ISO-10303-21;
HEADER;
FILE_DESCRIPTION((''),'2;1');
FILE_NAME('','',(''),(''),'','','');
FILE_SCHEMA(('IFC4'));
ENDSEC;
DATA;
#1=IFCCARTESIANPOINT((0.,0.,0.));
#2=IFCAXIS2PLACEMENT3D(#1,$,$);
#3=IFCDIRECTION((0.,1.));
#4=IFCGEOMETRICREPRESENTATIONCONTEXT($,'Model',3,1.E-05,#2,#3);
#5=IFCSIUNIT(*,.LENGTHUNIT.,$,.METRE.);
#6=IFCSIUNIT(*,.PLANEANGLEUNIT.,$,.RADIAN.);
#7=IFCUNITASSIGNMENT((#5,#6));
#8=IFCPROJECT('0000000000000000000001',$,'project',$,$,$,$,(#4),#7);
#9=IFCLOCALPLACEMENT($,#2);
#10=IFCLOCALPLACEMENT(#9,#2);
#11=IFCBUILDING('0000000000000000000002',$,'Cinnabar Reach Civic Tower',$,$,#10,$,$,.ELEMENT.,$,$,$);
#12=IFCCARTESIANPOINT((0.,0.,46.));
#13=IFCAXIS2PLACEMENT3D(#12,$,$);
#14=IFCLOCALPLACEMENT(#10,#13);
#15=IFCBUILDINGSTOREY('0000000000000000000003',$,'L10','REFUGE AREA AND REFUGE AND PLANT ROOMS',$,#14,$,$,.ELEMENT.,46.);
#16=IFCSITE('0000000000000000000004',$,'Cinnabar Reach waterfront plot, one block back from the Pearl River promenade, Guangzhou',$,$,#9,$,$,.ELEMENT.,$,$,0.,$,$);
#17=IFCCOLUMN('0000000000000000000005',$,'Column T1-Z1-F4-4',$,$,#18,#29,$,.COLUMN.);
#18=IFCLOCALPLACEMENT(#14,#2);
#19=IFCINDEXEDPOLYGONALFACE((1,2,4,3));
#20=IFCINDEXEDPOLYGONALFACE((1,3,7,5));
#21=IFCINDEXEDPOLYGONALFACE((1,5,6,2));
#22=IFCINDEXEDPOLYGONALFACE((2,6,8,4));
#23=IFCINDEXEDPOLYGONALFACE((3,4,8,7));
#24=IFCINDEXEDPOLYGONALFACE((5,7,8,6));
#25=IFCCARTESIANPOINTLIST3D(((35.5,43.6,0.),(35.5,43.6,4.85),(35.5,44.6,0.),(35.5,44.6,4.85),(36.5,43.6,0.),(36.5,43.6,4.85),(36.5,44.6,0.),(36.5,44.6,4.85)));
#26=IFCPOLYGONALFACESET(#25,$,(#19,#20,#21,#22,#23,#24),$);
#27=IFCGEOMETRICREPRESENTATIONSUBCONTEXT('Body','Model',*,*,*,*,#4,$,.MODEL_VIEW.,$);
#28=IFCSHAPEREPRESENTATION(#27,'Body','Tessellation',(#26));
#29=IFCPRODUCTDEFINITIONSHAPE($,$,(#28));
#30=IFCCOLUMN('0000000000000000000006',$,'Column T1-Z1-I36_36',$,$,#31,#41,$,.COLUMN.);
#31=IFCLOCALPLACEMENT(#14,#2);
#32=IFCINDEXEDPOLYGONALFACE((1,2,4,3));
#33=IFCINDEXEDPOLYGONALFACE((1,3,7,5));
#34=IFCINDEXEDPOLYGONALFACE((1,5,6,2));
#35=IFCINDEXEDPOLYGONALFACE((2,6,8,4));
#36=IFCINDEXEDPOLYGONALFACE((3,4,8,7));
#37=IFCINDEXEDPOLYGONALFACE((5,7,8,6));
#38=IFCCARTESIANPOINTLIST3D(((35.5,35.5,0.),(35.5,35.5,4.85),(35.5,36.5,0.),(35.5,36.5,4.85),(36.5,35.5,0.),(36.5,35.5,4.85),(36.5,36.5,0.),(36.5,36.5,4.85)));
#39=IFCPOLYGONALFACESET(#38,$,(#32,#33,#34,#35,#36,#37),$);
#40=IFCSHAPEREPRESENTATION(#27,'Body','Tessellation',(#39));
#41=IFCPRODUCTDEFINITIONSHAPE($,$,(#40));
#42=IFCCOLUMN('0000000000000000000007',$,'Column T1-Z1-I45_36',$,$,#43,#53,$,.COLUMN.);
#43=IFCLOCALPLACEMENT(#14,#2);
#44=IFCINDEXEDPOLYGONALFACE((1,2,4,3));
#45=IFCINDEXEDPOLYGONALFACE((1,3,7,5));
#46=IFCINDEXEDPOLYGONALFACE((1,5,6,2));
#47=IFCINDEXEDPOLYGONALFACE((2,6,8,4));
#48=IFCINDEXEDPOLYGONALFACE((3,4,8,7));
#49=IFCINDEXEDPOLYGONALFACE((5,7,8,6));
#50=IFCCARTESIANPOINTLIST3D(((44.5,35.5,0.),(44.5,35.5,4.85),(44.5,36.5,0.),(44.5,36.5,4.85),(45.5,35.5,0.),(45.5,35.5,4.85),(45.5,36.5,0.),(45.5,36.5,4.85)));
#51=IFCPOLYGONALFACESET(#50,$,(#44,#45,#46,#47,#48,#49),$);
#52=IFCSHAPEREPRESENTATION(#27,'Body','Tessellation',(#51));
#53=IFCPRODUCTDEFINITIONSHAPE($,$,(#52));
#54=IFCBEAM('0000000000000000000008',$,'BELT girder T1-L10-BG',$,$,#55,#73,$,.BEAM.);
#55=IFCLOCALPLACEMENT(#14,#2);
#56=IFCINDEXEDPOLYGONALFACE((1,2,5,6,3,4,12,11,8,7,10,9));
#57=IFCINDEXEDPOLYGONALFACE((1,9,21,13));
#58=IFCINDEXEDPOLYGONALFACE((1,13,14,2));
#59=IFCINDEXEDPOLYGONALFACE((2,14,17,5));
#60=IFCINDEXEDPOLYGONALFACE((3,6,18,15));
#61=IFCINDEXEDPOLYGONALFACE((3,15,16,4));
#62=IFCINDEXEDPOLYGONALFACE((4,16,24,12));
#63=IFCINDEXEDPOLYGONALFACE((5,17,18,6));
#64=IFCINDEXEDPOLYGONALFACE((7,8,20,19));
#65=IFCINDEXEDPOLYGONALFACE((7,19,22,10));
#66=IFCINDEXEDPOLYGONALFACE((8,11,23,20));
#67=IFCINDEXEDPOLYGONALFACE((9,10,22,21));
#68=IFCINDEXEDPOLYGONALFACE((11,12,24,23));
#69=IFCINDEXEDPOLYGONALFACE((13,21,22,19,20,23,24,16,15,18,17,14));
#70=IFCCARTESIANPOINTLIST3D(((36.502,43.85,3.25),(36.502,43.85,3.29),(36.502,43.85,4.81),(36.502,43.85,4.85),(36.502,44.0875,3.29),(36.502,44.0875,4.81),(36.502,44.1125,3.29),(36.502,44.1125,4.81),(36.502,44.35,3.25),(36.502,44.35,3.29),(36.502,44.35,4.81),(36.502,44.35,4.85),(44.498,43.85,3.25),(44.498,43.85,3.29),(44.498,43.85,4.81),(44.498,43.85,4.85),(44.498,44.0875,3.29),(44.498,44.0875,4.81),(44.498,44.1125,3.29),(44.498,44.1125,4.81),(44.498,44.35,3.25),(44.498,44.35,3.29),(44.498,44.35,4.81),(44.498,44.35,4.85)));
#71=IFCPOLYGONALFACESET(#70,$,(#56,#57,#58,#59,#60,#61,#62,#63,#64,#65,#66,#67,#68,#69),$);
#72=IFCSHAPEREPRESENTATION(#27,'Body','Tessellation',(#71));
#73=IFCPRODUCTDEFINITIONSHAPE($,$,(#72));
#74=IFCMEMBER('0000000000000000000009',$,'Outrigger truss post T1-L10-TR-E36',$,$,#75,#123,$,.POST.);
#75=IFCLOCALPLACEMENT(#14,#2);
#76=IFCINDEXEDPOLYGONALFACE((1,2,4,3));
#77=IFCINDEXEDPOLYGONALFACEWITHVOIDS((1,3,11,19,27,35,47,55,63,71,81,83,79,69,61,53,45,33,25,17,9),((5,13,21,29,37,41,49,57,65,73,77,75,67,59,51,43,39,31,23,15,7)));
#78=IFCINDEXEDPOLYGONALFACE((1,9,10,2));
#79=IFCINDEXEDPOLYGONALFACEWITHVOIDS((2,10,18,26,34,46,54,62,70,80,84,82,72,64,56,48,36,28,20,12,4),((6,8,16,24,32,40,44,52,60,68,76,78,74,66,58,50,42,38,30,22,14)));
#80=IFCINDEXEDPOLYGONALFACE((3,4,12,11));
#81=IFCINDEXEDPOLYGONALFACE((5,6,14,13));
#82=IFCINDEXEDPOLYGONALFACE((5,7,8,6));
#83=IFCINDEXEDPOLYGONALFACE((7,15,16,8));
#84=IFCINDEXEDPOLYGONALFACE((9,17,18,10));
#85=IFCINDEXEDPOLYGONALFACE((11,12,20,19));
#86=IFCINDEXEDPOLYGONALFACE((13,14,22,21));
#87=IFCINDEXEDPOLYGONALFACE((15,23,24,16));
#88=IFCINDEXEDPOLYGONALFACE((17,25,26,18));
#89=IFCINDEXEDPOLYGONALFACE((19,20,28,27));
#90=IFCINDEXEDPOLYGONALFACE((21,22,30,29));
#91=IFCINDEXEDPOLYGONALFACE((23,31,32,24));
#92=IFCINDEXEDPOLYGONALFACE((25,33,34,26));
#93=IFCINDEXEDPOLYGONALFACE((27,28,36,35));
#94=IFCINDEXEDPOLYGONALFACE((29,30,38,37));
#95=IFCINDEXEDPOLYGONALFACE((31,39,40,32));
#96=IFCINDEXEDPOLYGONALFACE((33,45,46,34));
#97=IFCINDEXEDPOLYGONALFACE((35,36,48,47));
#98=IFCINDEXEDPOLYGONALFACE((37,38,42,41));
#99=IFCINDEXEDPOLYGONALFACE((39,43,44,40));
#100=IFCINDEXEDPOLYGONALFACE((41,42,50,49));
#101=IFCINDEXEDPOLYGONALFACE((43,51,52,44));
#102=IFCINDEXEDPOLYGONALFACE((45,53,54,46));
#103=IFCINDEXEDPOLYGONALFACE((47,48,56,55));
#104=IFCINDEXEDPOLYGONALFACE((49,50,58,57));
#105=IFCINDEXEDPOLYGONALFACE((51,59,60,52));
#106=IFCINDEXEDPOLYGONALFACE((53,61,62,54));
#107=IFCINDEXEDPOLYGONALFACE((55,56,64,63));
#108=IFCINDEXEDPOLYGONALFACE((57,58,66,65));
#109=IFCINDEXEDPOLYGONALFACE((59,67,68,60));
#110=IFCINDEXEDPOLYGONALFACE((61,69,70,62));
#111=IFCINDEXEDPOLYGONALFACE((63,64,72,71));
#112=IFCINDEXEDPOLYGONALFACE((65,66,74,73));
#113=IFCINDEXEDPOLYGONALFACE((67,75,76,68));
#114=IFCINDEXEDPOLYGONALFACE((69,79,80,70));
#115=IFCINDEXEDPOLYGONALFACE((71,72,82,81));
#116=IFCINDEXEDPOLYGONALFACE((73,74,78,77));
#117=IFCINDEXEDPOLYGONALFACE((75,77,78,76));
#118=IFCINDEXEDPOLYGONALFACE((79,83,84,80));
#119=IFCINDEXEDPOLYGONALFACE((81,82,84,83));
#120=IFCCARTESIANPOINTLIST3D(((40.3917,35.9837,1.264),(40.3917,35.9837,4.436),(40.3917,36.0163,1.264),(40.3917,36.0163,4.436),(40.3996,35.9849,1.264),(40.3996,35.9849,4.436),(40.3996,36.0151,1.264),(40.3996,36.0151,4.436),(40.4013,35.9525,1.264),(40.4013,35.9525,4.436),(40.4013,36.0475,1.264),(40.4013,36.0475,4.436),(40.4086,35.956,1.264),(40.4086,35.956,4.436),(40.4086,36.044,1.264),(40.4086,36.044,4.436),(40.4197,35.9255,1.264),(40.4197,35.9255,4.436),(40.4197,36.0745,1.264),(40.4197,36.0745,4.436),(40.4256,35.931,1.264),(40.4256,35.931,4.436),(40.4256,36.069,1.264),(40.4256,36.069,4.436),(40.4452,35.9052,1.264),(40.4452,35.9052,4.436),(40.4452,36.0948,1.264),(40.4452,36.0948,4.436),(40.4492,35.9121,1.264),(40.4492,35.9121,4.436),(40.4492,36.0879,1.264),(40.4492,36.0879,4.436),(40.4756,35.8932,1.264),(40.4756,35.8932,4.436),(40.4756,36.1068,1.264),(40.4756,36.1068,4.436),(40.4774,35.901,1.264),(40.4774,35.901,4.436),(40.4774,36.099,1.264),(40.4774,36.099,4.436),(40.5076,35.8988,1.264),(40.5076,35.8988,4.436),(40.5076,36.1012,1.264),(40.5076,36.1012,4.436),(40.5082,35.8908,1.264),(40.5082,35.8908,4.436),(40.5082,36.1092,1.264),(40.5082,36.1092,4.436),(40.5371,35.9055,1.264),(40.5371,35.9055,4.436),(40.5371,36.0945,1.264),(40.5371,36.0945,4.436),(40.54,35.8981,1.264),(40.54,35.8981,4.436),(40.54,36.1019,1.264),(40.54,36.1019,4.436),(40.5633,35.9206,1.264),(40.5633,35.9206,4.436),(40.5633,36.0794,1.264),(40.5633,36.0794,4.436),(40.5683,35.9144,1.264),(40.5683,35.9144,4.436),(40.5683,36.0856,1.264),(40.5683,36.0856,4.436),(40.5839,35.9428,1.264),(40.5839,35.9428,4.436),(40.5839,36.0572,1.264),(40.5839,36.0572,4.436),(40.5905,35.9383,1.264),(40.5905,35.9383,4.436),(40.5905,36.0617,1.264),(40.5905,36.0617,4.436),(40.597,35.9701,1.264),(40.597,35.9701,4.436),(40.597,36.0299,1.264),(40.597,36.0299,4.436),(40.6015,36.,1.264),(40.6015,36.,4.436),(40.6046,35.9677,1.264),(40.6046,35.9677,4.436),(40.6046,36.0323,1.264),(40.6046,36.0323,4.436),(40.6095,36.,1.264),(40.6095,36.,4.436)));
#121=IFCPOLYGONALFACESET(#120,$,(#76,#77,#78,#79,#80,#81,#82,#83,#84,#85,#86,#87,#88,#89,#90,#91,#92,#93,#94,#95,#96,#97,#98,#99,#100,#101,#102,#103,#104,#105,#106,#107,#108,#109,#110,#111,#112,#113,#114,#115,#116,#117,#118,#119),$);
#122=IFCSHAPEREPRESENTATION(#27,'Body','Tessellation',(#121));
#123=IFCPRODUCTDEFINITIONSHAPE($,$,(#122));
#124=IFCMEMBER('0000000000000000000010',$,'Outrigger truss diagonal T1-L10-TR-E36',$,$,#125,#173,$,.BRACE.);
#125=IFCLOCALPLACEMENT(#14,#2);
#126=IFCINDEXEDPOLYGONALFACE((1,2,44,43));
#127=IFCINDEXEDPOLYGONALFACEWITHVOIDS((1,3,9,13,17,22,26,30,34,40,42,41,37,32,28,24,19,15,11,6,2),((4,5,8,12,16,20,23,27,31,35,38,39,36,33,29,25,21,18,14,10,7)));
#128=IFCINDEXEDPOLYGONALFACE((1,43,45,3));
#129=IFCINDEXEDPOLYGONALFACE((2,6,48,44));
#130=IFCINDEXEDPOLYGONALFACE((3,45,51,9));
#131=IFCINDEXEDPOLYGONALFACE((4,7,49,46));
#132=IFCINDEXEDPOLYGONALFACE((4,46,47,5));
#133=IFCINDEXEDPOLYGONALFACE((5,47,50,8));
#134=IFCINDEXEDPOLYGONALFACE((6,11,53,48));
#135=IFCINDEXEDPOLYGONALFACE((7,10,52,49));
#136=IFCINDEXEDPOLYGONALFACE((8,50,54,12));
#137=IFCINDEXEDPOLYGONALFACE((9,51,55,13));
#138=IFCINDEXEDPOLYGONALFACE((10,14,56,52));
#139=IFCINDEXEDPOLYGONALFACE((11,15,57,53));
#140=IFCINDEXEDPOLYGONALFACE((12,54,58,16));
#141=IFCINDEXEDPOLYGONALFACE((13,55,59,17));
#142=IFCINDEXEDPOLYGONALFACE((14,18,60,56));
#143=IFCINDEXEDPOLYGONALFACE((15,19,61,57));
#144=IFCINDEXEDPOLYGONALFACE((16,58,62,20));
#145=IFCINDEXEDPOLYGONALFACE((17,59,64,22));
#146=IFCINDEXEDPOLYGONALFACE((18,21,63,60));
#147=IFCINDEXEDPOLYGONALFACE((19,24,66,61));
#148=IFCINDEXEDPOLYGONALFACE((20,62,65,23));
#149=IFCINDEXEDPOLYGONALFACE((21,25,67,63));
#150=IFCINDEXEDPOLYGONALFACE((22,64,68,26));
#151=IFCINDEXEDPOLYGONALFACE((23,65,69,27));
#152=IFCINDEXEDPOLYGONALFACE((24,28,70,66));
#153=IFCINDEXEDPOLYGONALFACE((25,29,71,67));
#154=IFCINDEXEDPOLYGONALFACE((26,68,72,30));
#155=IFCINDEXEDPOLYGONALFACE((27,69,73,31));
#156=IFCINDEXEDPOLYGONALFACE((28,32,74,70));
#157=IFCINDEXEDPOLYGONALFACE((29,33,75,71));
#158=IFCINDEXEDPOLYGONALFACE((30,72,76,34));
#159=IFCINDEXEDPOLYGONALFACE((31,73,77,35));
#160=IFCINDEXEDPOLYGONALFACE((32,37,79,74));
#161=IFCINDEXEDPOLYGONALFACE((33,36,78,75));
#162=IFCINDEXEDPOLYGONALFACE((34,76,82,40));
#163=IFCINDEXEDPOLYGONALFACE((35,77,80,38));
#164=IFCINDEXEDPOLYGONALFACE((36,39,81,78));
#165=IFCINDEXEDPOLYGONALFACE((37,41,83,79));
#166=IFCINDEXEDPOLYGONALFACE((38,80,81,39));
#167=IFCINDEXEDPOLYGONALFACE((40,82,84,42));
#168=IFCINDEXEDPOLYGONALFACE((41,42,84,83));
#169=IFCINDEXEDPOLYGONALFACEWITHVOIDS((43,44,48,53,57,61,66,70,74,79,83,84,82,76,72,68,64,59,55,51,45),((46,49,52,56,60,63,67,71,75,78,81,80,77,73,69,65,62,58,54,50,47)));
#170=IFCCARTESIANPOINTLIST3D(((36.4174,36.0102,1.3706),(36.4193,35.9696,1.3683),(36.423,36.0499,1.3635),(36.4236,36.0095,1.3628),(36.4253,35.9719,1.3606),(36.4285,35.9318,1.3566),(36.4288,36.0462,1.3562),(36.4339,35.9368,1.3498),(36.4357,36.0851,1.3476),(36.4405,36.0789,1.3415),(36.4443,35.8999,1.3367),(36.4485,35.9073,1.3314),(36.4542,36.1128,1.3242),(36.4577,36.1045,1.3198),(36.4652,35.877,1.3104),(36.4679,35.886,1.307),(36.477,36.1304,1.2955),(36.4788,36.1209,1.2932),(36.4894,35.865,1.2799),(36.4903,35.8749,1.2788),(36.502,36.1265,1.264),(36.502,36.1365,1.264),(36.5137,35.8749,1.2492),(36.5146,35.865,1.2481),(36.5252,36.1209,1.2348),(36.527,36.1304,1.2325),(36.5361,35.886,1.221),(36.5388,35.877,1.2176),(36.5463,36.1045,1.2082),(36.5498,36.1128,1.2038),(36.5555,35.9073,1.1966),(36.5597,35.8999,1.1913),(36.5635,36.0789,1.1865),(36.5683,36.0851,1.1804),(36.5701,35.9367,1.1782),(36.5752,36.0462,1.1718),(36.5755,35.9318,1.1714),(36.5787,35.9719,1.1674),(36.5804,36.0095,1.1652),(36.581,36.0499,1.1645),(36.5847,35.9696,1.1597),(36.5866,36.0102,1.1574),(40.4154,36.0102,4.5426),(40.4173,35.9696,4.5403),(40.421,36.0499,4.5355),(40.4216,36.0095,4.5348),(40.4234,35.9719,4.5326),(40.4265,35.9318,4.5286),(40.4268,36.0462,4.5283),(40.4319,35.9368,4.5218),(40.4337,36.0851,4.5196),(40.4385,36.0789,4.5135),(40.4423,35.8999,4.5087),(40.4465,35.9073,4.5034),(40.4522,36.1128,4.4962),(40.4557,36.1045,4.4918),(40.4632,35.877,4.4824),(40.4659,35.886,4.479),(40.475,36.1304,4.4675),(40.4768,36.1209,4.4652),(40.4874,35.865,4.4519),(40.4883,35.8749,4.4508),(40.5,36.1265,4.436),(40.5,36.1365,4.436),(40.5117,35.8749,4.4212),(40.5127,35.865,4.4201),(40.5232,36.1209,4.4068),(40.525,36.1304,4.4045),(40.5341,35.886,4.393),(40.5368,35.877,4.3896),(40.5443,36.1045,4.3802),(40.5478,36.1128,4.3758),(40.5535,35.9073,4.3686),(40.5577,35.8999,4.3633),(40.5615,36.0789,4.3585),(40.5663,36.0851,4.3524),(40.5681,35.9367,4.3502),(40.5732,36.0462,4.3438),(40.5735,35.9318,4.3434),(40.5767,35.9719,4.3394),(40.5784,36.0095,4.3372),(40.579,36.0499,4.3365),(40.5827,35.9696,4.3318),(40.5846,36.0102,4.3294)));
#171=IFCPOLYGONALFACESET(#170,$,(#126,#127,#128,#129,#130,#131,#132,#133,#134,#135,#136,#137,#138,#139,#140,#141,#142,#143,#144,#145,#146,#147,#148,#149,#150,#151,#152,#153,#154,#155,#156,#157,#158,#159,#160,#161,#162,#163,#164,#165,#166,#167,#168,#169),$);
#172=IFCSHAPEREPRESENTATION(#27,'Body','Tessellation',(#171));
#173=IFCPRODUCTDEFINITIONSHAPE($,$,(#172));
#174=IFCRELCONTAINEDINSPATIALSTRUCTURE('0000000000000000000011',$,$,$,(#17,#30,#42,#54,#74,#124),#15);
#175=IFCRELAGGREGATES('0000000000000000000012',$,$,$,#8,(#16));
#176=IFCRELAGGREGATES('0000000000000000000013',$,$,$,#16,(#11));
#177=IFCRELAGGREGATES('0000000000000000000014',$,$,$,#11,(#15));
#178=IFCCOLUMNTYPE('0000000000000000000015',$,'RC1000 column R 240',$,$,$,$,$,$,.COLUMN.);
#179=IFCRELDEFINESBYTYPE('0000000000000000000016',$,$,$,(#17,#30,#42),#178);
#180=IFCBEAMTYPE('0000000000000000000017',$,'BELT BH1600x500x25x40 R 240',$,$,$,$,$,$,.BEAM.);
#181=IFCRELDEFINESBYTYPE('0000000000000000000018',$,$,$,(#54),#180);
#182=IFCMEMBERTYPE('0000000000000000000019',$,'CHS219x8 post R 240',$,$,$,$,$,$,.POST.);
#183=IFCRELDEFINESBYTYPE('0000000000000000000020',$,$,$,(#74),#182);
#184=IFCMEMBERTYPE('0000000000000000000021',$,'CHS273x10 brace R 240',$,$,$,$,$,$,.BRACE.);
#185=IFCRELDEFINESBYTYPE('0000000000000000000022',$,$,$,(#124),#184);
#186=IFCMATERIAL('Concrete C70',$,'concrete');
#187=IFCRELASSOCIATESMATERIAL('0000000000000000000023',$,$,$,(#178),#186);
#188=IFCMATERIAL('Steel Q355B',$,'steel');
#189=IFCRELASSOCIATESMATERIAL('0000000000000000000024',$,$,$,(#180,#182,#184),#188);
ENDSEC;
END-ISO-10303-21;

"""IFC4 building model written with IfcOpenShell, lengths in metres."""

from ifc_helpers import new_model, si_unit, direction, frame, origin, origin_2d, place, context, subcontext, project, spatial, rectangle, hollow_circle, i_section, extrude, material, material_profile, profile_set, type_object, element, save


model = new_model("IFC4")

# Units and contexts
model_context = context("Model", 3, precision=1e-05, world=origin(), true_north=direction((0.0, 1.0)))
body_context = subcontext(model_context, "Body", "Model", "MODEL_VIEW")
ifc_project = project(units=[si_unit("LENGTHUNIT", "METRE"), si_unit("PLANEANGLEUNIT", "RADIAN")], contexts=[model_context])

# Site, building, storey
site_placement = place(None, origin())
site = spatial("IfcSite", under=ifc_project, at=site_placement, Name="Cinnabar Reach waterfront plot, one block back from the Pearl River promenade, Guangzhou", CompositionType="ELEMENT", RefElevation=0.0)
building_placement = place(site_placement, origin())
building = spatial("IfcBuilding", under=site, at=building_placement, Name="Cinnabar Reach Civic Tower", CompositionType="ELEMENT")
storey_placement = place(building_placement, frame((0.0, 0.0, 46.0)))
storey = spatial("IfcBuildingStorey", under=building, at=storey_placement, Name="L10", Description="REFUGE AREA AND REFUGE AND PLANT ROOMS", CompositionType="ELEMENT", Elevation=46.0)

# Columns
ifc_material_1 = material(Name="Concrete C70", Category="concrete")
ifc_material_profile_1 = material_profile(ifc_material_1, rectangle(XDim=1.0, YDim=1.0, at=origin_2d()), Name="RC1000")
ifc_profile_set_1 = profile_set([ifc_material_profile_1], Name="Concrete C70")
column_type = type_object("IfcColumnType", Name="RC1000 column R 240", PredefinedType="COLUMN", material=ifc_profile_set_1)
for number, where, z_axis, x_axis, name in (
    (1, (36.0, 44.1, 0.0), (0.0, 0.0, 1.0), (1.0, 0.0, 0.0), "Column T1-Z1-F4-4"),
    (2, (36.0, 36.0, 0.0), (0.0, 0.0, 1.0), (1.0, 0.0, 0.0), "Column T1-Z1-I36_36"),
    (3, (45.0, 36.0, 0.0), (0.0, 0.0, 1.0), (1.0, 0.0, 0.0), "Column T1-Z1-I45_36"),
):
    element("IfcColumn", number, at=place(storey_placement, frame(where, z_axis=z_axis, x_axis=x_axis)), inside=storey, type_object=column_type, Name=name, PredefinedType="COLUMN", context=body_context, shape_type="SweptSolid", body=[
        extrude(rectangle(XDim=1.0, YDim=1.0, at=origin_2d()), origin(), (0.0, 0.0, 1.0), 4.85),
    ])

# Beam
ifc_material_2 = material(Name="Steel Q355B", Category="steel")
ifc_material_profile_2 = material_profile(ifc_material_2, i_section(OverallWidth=0.5, OverallDepth=1.6, WebThickness=0.025, FlangeThickness=0.04, at=origin_2d()), Name="BH1600x500x25x40")
ifc_profile_set_2 = profile_set([ifc_material_profile_2], Name="Steel Q355B")
beam_type_1 = type_object("IfcBeamType", Name="BELT BH1600x500x25x40 R 240", PredefinedType="BEAM", material=ifc_profile_set_2)
beam_1_placement = place(storey_placement, frame((36.502, 44.1, 4.05), z_axis=(1.0, 0.0, 0.0), x_axis=(0.0, 1.0, 0.0)))
element("IfcBeam", 4, at=beam_1_placement, inside=storey, type_object=beam_type_1, Name="BELT girder T1-L10-BG", PredefinedType="BEAM", context=body_context, shape_type="SweptSolid", body=[
    extrude(i_section(OverallWidth=0.5, OverallDepth=1.6, WebThickness=0.025, FlangeThickness=0.04, at=origin_2d()), origin(), (0.0, 0.0, 1.0), 7.996),
])

# Members
ifc_material_profile_3 = material_profile(ifc_material_2, hollow_circle(Radius=0.1095, WallThickness=0.008, at=origin_2d()), Name="CHS219x8")
ifc_profile_set_3 = profile_set([ifc_material_profile_3], Name="Steel Q355B")
member_type_1 = type_object("IfcMemberType", Name="CHS219x8 post R 240", PredefinedType="POST", material=ifc_profile_set_3)
member_placement = place(storey_placement, frame((40.5, 36.0, 1.264), z_axis=(0.0, 0.0, 1.0), x_axis=(1.0, 0.0, 0.0)))
element("IfcMember", 5, at=member_placement, inside=storey, type_object=member_type_1, Name="Outrigger truss post T1-L10-TR-E36", PredefinedType="POST", context=body_context, shape_type="SweptSolid", body=[
    extrude(hollow_circle(Radius=0.1095, WallThickness=0.008, at=origin_2d()), origin(), (0.0, 0.0, 1.0), 3.172),
])
ifc_material_profile_4 = material_profile(ifc_material_2, hollow_circle(Radius=0.1365, WallThickness=0.01, at=origin_2d()), Name="CHS273x10")
ifc_profile_set_4 = profile_set([ifc_material_profile_4], Name="Steel Q355B")
member_type_2 = type_object("IfcMemberType", Name="CHS273x10 brace R 240", PredefinedType="BRACE", material=ifc_profile_set_4)
for number, where, z_axis, x_axis, name in (
    (6, (36.502, 36.0, 1.264), (0.783386, 0.0, 0.621536), (0.0, 1.0, 0.0), "Outrigger truss diagonal T1-L10-TR-E36"),
):
    element("IfcMember", number, at=place(storey_placement, frame(where, z_axis=z_axis, x_axis=x_axis)), inside=storey, type_object=member_type_2, Name=name, PredefinedType="BRACE", context=body_context, shape_type="SweptSolid", body=[
        extrude(hollow_circle(Radius=0.1365, WallThickness=0.01, at=origin_2d()), origin(), (0.0, 0.0, 1.0), 5.1035),
    ])

save(model, "model.ifc")
